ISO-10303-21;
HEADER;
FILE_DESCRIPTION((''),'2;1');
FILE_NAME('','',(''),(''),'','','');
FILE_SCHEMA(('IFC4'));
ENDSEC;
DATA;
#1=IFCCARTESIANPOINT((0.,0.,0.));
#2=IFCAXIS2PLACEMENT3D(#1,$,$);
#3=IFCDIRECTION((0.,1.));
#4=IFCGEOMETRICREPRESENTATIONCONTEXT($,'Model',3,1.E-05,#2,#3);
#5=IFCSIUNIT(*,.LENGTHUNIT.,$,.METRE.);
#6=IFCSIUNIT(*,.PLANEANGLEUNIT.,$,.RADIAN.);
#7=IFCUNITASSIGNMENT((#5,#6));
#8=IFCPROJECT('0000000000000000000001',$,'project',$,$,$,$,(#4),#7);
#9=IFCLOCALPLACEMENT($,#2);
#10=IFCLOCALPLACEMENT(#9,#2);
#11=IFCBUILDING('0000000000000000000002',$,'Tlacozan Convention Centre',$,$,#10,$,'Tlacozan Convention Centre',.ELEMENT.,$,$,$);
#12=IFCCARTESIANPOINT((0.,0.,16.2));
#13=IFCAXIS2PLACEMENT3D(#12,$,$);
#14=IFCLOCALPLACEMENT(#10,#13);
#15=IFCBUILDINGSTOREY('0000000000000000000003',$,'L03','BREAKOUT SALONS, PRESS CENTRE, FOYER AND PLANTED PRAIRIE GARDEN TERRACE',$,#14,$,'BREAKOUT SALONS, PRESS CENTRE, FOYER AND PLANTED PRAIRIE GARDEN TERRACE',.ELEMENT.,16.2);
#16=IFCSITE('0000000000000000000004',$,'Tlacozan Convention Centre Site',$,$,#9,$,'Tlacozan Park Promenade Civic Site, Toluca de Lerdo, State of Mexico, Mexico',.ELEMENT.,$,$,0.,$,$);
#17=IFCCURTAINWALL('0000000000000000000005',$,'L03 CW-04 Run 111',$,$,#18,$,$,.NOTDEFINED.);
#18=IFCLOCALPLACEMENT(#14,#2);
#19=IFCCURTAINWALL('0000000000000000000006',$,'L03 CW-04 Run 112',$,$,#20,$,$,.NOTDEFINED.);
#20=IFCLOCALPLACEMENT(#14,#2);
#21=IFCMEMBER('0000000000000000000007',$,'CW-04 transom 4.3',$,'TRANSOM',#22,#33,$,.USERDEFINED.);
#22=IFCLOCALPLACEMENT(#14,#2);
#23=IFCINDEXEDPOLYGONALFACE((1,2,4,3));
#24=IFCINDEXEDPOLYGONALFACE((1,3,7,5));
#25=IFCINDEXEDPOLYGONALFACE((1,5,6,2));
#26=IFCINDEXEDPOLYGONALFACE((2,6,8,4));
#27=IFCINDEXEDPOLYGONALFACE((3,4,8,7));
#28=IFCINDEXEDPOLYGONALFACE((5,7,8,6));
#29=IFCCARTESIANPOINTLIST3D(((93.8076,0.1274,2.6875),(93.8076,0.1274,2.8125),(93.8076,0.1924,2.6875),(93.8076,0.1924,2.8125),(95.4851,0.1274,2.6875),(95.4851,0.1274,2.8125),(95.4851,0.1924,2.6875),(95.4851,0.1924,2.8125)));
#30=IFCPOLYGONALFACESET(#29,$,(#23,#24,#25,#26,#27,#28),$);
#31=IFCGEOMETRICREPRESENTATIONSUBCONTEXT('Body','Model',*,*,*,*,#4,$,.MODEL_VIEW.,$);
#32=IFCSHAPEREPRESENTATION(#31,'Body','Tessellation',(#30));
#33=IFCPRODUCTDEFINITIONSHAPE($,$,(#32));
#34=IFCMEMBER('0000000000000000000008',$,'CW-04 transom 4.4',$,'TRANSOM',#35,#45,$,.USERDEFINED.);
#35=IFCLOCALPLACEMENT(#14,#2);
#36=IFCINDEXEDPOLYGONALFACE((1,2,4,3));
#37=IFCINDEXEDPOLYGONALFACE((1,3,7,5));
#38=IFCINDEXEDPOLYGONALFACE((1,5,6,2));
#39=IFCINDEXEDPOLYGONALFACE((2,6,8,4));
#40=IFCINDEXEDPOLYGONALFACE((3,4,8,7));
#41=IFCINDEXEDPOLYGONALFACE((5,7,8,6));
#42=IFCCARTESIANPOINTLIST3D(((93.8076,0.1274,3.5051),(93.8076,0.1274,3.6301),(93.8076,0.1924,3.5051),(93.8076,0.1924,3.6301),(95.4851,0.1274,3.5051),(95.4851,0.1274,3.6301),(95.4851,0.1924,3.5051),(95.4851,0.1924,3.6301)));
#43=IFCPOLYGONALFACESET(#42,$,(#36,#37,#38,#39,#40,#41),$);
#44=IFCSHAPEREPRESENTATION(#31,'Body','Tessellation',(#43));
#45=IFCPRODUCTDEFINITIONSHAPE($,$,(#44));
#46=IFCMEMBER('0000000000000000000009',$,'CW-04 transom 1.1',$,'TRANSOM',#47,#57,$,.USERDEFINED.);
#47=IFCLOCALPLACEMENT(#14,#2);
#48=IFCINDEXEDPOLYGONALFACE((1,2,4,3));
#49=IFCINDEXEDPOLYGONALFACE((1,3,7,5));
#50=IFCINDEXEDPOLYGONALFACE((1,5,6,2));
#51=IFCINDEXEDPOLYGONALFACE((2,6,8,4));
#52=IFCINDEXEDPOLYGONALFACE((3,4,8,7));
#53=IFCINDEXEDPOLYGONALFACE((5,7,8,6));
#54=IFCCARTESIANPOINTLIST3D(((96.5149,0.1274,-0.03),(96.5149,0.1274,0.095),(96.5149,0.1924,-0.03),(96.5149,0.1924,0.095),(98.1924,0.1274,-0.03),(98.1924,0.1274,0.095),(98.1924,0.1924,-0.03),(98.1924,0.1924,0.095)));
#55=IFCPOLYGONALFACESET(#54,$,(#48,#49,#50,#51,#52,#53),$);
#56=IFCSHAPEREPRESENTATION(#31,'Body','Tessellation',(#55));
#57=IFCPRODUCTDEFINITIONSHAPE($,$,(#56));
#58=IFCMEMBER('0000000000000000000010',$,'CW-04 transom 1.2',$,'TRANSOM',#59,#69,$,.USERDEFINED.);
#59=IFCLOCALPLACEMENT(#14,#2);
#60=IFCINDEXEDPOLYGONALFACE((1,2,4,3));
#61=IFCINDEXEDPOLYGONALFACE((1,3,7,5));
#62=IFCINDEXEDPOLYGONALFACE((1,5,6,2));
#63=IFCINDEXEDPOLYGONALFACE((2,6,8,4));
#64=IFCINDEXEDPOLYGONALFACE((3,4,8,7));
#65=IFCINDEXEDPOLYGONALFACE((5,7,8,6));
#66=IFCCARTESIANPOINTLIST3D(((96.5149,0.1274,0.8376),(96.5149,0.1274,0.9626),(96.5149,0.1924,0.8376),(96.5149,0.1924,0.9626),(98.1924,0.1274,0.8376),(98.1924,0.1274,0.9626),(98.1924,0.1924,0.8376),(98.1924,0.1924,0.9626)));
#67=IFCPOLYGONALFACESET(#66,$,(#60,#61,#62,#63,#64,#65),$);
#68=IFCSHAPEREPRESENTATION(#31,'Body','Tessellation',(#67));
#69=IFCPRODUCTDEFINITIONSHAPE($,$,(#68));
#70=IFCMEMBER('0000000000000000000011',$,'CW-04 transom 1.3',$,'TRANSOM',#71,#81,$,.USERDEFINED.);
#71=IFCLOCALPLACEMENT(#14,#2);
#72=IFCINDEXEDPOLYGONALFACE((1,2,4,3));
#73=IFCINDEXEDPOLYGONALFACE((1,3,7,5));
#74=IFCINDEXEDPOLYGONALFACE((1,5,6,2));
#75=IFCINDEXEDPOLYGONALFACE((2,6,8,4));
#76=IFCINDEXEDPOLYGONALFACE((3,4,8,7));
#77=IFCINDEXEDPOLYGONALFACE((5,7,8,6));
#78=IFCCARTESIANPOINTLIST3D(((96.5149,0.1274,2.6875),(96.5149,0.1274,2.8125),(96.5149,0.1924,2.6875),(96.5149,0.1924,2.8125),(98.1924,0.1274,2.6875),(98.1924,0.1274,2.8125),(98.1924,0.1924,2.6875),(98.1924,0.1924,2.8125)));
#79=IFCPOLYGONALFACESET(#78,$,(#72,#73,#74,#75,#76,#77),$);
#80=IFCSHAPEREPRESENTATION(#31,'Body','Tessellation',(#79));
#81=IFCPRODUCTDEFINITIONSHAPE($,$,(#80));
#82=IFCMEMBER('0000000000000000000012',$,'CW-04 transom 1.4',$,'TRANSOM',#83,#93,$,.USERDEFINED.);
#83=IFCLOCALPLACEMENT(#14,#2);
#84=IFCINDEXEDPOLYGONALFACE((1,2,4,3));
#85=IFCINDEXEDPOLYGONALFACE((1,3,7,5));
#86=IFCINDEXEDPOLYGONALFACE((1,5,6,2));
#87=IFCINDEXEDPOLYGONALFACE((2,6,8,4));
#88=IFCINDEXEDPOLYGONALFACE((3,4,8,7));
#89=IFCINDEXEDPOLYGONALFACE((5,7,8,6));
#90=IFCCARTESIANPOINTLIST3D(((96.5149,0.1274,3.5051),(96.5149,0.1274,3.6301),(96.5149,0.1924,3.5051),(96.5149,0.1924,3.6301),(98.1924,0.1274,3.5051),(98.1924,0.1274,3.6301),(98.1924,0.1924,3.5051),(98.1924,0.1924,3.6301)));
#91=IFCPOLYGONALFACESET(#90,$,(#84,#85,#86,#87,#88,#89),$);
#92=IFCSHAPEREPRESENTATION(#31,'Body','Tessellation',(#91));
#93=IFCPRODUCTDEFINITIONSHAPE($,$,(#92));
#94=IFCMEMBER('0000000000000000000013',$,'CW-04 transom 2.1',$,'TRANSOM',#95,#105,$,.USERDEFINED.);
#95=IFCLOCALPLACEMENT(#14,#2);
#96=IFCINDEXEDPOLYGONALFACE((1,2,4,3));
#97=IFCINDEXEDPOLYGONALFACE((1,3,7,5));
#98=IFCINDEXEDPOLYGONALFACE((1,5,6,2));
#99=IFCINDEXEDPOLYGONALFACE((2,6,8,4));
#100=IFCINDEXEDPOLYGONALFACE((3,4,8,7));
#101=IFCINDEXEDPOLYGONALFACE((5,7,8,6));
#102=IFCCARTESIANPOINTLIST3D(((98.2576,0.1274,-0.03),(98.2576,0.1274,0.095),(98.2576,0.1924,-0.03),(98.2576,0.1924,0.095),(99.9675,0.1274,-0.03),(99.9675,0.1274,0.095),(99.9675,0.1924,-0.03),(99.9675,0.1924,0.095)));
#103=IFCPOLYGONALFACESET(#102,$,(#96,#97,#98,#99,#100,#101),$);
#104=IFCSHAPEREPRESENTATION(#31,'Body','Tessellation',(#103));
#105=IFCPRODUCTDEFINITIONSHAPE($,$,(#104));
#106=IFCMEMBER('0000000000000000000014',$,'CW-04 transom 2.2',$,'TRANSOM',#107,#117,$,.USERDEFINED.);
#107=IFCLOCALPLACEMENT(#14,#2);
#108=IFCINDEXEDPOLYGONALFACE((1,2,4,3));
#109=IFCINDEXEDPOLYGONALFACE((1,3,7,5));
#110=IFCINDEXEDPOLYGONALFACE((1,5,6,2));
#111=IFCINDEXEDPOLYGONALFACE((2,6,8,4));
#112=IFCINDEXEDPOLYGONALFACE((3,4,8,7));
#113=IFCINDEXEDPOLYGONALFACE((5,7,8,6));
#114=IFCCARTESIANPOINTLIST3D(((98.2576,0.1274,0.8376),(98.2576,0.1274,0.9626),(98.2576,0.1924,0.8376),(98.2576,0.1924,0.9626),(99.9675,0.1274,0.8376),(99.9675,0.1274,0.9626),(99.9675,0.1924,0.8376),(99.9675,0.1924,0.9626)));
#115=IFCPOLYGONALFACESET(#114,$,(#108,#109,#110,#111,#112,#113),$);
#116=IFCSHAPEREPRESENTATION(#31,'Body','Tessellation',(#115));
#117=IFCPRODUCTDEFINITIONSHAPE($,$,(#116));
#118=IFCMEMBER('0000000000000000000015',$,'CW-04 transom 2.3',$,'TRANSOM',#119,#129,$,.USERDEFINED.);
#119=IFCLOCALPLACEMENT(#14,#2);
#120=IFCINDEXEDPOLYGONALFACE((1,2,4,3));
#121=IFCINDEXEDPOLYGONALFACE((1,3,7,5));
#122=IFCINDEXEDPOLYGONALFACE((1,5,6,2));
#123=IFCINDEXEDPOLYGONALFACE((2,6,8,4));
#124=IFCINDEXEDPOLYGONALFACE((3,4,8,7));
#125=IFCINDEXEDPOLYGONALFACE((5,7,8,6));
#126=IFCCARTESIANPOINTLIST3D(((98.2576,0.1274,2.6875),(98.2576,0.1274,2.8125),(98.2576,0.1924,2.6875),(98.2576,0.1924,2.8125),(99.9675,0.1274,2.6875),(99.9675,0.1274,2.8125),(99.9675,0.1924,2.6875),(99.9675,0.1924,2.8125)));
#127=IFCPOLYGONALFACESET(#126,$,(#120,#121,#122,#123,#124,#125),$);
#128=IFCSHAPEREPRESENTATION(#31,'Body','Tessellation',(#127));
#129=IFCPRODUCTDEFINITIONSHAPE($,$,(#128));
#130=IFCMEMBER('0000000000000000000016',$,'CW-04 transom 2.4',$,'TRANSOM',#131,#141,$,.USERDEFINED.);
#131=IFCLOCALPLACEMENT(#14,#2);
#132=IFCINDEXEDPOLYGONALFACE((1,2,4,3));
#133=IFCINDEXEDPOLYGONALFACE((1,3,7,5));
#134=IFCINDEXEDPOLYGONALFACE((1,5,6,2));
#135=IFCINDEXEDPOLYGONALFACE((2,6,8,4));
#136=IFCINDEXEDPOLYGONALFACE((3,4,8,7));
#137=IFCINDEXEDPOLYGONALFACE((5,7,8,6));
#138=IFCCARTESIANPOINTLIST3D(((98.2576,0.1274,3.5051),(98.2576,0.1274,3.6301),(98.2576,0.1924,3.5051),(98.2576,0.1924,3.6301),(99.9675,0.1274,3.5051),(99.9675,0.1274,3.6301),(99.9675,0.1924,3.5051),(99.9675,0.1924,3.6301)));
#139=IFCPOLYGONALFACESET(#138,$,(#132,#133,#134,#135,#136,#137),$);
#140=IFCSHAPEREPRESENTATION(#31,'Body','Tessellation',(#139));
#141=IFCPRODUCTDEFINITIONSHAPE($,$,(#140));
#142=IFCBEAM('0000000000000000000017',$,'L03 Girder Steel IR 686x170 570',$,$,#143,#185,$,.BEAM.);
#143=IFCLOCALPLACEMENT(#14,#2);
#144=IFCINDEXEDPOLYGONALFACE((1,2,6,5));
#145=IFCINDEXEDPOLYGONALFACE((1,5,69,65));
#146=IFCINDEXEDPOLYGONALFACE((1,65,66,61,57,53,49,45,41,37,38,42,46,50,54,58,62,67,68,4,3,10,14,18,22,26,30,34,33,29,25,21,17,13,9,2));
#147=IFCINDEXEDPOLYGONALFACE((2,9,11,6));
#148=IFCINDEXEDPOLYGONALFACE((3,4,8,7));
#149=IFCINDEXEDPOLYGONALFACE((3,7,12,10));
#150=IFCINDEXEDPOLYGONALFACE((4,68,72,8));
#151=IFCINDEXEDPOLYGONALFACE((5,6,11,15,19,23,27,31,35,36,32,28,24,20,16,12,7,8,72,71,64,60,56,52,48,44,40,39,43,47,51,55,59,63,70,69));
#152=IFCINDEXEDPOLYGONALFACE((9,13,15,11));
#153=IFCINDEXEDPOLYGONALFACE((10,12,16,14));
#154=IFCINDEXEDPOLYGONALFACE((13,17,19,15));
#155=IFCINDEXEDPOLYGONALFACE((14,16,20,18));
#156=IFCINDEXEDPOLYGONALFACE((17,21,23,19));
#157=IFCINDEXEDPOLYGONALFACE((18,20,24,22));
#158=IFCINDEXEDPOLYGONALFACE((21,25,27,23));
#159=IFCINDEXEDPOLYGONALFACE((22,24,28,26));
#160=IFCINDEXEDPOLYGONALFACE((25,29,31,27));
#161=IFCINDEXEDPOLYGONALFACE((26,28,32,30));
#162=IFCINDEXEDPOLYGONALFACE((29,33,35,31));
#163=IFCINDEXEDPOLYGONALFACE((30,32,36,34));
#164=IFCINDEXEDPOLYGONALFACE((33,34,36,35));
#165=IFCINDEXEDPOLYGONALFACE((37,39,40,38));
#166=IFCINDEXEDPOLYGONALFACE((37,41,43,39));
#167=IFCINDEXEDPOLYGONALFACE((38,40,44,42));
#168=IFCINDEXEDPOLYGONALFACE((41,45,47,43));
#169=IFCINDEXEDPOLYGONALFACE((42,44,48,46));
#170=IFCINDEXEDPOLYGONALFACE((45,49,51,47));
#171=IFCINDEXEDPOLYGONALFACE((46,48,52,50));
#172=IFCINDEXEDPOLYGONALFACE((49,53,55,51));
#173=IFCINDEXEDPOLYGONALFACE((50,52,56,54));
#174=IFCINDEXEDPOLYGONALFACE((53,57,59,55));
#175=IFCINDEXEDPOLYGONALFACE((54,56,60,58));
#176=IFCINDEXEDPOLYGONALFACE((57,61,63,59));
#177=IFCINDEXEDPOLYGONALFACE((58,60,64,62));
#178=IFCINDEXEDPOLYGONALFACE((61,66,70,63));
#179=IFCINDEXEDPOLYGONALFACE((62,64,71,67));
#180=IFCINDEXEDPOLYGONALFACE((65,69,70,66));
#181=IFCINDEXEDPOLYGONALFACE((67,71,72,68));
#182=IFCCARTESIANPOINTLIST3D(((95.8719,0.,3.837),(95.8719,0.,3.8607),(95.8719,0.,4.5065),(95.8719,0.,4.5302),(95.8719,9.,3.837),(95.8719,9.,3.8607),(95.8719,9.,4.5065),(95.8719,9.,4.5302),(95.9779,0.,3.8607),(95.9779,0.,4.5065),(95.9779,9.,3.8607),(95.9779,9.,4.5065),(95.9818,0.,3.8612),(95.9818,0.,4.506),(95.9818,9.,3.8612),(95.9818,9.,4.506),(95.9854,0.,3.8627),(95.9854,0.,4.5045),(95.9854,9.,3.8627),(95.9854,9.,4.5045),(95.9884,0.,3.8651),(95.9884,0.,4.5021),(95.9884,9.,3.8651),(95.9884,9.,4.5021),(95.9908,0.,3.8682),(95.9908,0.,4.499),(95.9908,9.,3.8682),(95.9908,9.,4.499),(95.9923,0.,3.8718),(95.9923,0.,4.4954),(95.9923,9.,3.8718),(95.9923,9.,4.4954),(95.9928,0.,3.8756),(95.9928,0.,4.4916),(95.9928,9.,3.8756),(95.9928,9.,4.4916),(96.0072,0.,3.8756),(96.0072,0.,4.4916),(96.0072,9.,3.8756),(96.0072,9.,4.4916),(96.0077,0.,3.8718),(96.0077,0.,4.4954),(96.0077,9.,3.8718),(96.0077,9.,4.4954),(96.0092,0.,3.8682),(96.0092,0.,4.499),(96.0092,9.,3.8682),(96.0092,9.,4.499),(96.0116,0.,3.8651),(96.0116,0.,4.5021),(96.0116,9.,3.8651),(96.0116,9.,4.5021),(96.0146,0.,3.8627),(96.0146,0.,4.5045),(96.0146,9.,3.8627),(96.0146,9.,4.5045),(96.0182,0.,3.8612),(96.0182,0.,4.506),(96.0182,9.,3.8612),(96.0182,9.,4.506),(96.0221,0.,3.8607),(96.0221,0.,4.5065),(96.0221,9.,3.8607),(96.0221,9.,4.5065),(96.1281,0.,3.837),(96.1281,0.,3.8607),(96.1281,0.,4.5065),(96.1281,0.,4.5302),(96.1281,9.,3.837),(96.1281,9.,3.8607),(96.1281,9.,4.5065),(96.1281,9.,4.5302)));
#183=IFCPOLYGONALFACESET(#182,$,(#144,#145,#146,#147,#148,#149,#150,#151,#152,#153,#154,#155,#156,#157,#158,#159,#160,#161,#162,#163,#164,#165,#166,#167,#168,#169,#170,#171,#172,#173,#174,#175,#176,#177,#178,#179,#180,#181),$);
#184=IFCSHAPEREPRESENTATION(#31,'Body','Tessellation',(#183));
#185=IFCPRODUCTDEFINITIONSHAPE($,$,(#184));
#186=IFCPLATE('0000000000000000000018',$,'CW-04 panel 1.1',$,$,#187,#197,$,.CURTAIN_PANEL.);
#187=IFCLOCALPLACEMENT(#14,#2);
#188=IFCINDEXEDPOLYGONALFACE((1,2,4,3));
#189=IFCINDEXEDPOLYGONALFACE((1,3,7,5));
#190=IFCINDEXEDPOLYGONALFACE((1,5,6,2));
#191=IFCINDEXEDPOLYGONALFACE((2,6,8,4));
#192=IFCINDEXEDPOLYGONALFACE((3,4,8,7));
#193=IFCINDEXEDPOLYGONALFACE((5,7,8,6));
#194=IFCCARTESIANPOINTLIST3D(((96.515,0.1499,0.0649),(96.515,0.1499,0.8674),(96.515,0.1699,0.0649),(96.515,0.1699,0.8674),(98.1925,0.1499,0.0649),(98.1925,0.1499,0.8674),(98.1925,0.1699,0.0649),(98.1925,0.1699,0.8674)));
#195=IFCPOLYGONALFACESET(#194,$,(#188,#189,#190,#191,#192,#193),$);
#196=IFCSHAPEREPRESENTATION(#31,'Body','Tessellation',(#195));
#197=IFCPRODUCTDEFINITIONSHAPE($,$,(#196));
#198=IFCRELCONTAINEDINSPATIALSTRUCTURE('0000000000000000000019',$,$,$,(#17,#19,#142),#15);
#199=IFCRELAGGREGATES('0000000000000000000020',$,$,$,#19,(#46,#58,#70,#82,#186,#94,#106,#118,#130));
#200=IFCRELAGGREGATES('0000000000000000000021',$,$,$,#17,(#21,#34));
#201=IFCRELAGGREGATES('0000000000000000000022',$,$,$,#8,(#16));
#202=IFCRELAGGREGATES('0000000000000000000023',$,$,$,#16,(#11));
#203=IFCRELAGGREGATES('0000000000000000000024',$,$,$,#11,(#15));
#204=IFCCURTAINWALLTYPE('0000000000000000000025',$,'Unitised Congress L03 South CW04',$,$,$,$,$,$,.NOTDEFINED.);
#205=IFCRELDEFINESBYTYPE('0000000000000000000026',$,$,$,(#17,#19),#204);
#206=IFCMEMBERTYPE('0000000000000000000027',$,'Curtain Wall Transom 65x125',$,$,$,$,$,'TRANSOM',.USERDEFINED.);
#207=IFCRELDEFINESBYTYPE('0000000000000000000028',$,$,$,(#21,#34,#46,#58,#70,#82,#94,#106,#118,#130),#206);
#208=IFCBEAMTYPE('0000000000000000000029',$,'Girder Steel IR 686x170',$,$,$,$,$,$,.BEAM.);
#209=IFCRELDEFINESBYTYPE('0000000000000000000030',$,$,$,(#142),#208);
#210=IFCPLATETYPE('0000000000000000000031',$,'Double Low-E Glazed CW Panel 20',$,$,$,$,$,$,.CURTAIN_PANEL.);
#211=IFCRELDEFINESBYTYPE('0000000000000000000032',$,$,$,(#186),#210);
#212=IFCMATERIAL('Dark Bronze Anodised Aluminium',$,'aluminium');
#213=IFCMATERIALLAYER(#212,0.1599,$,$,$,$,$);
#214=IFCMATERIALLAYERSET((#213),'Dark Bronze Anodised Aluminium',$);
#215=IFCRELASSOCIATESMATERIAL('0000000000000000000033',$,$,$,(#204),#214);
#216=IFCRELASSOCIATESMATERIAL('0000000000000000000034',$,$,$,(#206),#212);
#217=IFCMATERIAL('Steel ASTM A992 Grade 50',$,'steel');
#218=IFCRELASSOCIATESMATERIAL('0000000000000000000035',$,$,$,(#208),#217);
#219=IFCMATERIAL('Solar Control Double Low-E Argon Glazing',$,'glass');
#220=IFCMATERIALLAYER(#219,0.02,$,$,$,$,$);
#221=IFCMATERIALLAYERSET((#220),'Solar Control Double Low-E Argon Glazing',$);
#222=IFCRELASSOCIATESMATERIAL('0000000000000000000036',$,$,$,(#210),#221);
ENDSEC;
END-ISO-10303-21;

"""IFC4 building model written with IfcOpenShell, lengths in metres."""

from ifc_helpers import new_model, si_unit, direction, frame, origin, origin_2d, place, context, subcontext, project, spatial, rectangle, i_section, extrude, material, layer, layer_set, material_profile, profile_set, type_object, element, aggregate, save


model = new_model("IFC4")

# Units and contexts
model_context = context("Model", 3, precision=1e-05, world=origin(), true_north=direction((0.0, 1.0)))
body_context = subcontext(model_context, "Body", "Model", "MODEL_VIEW")
ifc_project = project(units=[si_unit("LENGTHUNIT", "METRE"), si_unit("PLANEANGLEUNIT", "RADIAN")], contexts=[model_context])

# Site, building, storey
site_placement = place(None, origin())
site = spatial("IfcSite", under=ifc_project, at=site_placement, Name="Tlacozan Convention Centre Site", LongName="Tlacozan Park Promenade Civic Site, Toluca de Lerdo, State of Mexico, Mexico", CompositionType="ELEMENT", RefElevation=0.0)
building_placement = place(site_placement, origin())
building = spatial("IfcBuilding", under=site, at=building_placement, Name="Tlacozan Convention Centre", LongName="Tlacozan Convention Centre", CompositionType="ELEMENT")
storey_placement = place(building_placement, frame((0.0, 0.0, 16.2)))
storey = spatial("IfcBuildingStorey", under=building, at=storey_placement, Name="L03", Description="BREAKOUT SALONS, PRESS CENTRE, FOYER AND PLANTED PRAIRIE GARDEN TERRACE", LongName="BREAKOUT SALONS, PRESS CENTRE, FOYER AND PLANTED PRAIRIE GARDEN TERRACE", CompositionType="ELEMENT", Elevation=16.2)

# Curtain walls
ifc_material_1 = material(Name="Dark Bronze Anodised Aluminium", Category="aluminium")
ifc_layer_1 = layer(ifc_material_1, 0.1599)
ifc_layer_set_1 = layer_set([ifc_layer_1], Name="Dark Bronze Anodised Aluminium")
curtain_wall_type = type_object("IfcCurtainWallType", Name="Unitised Congress L03 South CW04", PredefinedType="NOTDEFINED", material=ifc_layer_set_1)
curtain_wall_1_placement = place(storey_placement, origin())
curtain_wall_1 = element("IfcCurtainWall", 1, at=curtain_wall_1_placement, inside=storey, type_object=curtain_wall_type, Name="L03 CW-04 Run 111", PredefinedType="NOTDEFINED")
curtain_wall_2_placement = place(storey_placement, origin())
curtain_wall_2 = element("IfcCurtainWall", 2, at=curtain_wall_2_placement, inside=storey, type_object=curtain_wall_type, Name="L03 CW-04 Run 112", PredefinedType="NOTDEFINED")

# Members
ifc_material_profile_1 = material_profile(ifc_material_1, rectangle(XDim=0.0649, YDim=0.125, at=origin_2d()), Name="ALU 65x125")
ifc_profile_set_1 = profile_set([ifc_material_profile_1], Name="Dark Bronze Anodised Aluminium")
member_type_1 = type_object("IfcMemberType", Name="Curtain Wall Transom 65x125", ElementType="TRANSOM", PredefinedType="USERDEFINED", material=ifc_profile_set_1)
member_1_placement = place(storey_placement, frame((93.8076, 0.1599, 2.75), z_axis=(1.0, 0.0, 0.0), x_axis=(0.0, 1.0, 0.0)))
member_1 = element("IfcMember", 3, at=member_1_placement, type_object=member_type_1, Name="CW-04 transom 4.3", ObjectType="TRANSOM", PredefinedType="USERDEFINED", context=body_context, shape_type="SweptSolid", body=[
    extrude(rectangle(XDim=0.0649, YDim=0.125, at=origin_2d()), origin(), (0.0, 0.0, 1.0), 1.6775),
])
member_2_placement = place(storey_placement, frame((93.8076, 0.1599, 3.5676), z_axis=(1.0, 0.0, 0.0), x_axis=(0.0, 1.0, 0.0)))
member_2 = element("IfcMember", 4, at=member_2_placement, type_object=member_type_1, Name="CW-04 transom 4.4", ObjectType="TRANSOM", PredefinedType="USERDEFINED", context=body_context, shape_type="SweptSolid", body=[
    extrude(rectangle(XDim=0.0649, YDim=0.125, at=origin_2d()), origin(), (0.0, 0.0, 1.0), 1.6775),
])
member_3_placement = place(storey_placement, frame((96.5149, 0.1599, 0.0325), z_axis=(1.0, 0.0, 0.0), x_axis=(0.0, 1.0, 0.0)))
member_3 = element("IfcMember", 5, at=member_3_placement, type_object=member_type_1, Name="CW-04 transom 1.1", ObjectType="TRANSOM", PredefinedType="USERDEFINED", context=body_context, shape_type="SweptSolid", body=[
    extrude(rectangle(XDim=0.0649, YDim=0.125, at=origin_2d()), origin(), (0.0, 0.0, 1.0), 1.6775),
])
member_4_placement = place(storey_placement, frame((96.5149, 0.1599, 0.9001), z_axis=(1.0, 0.0, 0.0), x_axis=(0.0, 1.0, 0.0)))
member_4 = element("IfcMember", 6, at=member_4_placement, type_object=member_type_1, Name="CW-04 transom 1.2", ObjectType="TRANSOM", PredefinedType="USERDEFINED", context=body_context, shape_type="SweptSolid", body=[
    extrude(rectangle(XDim=0.0649, YDim=0.125, at=origin_2d()), origin(), (0.0, 0.0, 1.0), 1.6775),
])
member_5_placement = place(storey_placement, frame((96.5149, 0.1599, 2.75), z_axis=(1.0, 0.0, 0.0), x_axis=(0.0, 1.0, 0.0)))
member_5 = element("IfcMember", 7, at=member_5_placement, type_object=member_type_1, Name="CW-04 transom 1.3", ObjectType="TRANSOM", PredefinedType="USERDEFINED", context=body_context, shape_type="SweptSolid", body=[
    extrude(rectangle(XDim=0.0649, YDim=0.125, at=origin_2d()), origin(), (0.0, 0.0, 1.0), 1.6775),
])
member_6_placement = place(storey_placement, frame((96.5149, 0.1599, 3.5676), z_axis=(1.0, 0.0, 0.0), x_axis=(0.0, 1.0, 0.0)))
member_6 = element("IfcMember", 8, at=member_6_placement, type_object=member_type_1, Name="CW-04 transom 1.4", ObjectType="TRANSOM", PredefinedType="USERDEFINED", context=body_context, shape_type="SweptSolid", body=[
    extrude(rectangle(XDim=0.0649, YDim=0.125, at=origin_2d()), origin(), (0.0, 0.0, 1.0), 1.6775),
])
member_7_placement = place(storey_placement, frame((98.2576, 0.1599, 0.0325), z_axis=(1.0, 0.0, 0.0), x_axis=(0.0, 1.0, 0.0)))
member_7 = element("IfcMember", 9, at=member_7_placement, type_object=member_type_1, Name="CW-04 transom 2.1", ObjectType="TRANSOM", PredefinedType="USERDEFINED", context=body_context, shape_type="SweptSolid", body=[
    extrude(rectangle(XDim=0.0649, YDim=0.125, at=origin_2d()), origin(), (0.0, 0.0, 1.0), 1.71),
])
member_8_placement = place(storey_placement, frame((98.2576, 0.1599, 0.9001), z_axis=(1.0, 0.0, 0.0), x_axis=(0.0, 1.0, 0.0)))
member_8 = element("IfcMember", 10, at=member_8_placement, type_object=member_type_1, Name="CW-04 transom 2.2", ObjectType="TRANSOM", PredefinedType="USERDEFINED", context=body_context, shape_type="SweptSolid", body=[
    extrude(rectangle(XDim=0.0649, YDim=0.125, at=origin_2d()), origin(), (0.0, 0.0, 1.0), 1.71),
])
member_9_placement = place(storey_placement, frame((98.2576, 0.1599, 2.75), z_axis=(1.0, 0.0, 0.0), x_axis=(0.0, 1.0, 0.0)))
member_9 = element("IfcMember", 11, at=member_9_placement, type_object=member_type_1, Name="CW-04 transom 2.3", ObjectType="TRANSOM", PredefinedType="USERDEFINED", context=body_context, shape_type="SweptSolid", body=[
    extrude(rectangle(XDim=0.0649, YDim=0.125, at=origin_2d()), origin(), (0.0, 0.0, 1.0), 1.71),
])
member_10_placement = place(storey_placement, frame((98.2576, 0.1599, 3.5676), z_axis=(1.0, 0.0, 0.0), x_axis=(0.0, 1.0, 0.0)))
member_10 = element("IfcMember", 12, at=member_10_placement, type_object=member_type_1, Name="CW-04 transom 2.4", ObjectType="TRANSOM", PredefinedType="USERDEFINED", context=body_context, shape_type="SweptSolid", body=[
    extrude(rectangle(XDim=0.0649, YDim=0.125, at=origin_2d()), origin(), (0.0, 0.0, 1.0), 1.71),
])

# Beam
ifc_material_2 = material(Name="Steel ASTM A992 Grade 50", Category="steel")
ifc_material_profile_2 = material_profile(ifc_material_2, i_section(OverallWidth=0.2561, OverallDepth=0.6931, WebThickness=0.0144, FlangeThickness=0.0237, FilletRadius=0.0149, at=origin_2d()), Name="IR 686x170.0")
ifc_profile_set_2 = profile_set([ifc_material_profile_2], Name="Steel ASTM A992 Grade 50")
beam_type = type_object("IfcBeamType", Name="Girder Steel IR 686x170", PredefinedType="BEAM", material=ifc_profile_set_2)
beam_placement = place(storey_placement, frame((96.0, 0.0, 4.1836), z_axis=(0.0, 1.0, 0.0), x_axis=(-1.0, 0.0, 0.0)))
element("IfcBeam", 13, at=beam_placement, inside=storey, type_object=beam_type, Name="L03 Girder Steel IR 686x170 570", PredefinedType="BEAM", context=body_context, shape_type="SweptSolid", body=[
    extrude(i_section(OverallWidth=0.2561, OverallDepth=0.6931, WebThickness=0.0144, FlangeThickness=0.0237, FilletRadius=0.0149, at=origin_2d()), origin(), (0.0, 0.0, 1.0), 9.0),
])

# Plate
ifc_material_3 = material(Name="Solar Control Double Low-E Argon Glazing", Category="glass")
ifc_layer_2 = layer(ifc_material_3, 0.02)
ifc_layer_set_2 = layer_set([ifc_layer_2], Name="Solar Control Double Low-E Argon Glazing")
plate_type_1 = type_object("IfcPlateType", Name="Double Low-E Glazed CW Panel 20", PredefinedType="CURTAIN_PANEL", material=ifc_layer_set_2)
plate_1_placement = place(storey_placement, frame((97.3538, 0.1599, 0.0649), z_axis=(0.0, 0.0, 1.0), x_axis=(1.0, 0.0, 0.0)))
plate_1 = element("IfcPlate", 14, at=plate_1_placement, type_object=plate_type_1, Name="CW-04 panel 1.1", PredefinedType="CURTAIN_PANEL", context=body_context, shape_type="SweptSolid", body=[
    extrude(rectangle(XDim=1.6775, YDim=0.02, at=origin_2d()), origin(), (0.0, 0.0, 1.0), 0.8025),
])
aggregate(curtain_wall_2, [member_3, member_4, member_5, member_6, plate_1, member_7, member_8, member_9, member_10])
aggregate(curtain_wall_1, [member_1, member_2])

save(model, "model.ifc")
